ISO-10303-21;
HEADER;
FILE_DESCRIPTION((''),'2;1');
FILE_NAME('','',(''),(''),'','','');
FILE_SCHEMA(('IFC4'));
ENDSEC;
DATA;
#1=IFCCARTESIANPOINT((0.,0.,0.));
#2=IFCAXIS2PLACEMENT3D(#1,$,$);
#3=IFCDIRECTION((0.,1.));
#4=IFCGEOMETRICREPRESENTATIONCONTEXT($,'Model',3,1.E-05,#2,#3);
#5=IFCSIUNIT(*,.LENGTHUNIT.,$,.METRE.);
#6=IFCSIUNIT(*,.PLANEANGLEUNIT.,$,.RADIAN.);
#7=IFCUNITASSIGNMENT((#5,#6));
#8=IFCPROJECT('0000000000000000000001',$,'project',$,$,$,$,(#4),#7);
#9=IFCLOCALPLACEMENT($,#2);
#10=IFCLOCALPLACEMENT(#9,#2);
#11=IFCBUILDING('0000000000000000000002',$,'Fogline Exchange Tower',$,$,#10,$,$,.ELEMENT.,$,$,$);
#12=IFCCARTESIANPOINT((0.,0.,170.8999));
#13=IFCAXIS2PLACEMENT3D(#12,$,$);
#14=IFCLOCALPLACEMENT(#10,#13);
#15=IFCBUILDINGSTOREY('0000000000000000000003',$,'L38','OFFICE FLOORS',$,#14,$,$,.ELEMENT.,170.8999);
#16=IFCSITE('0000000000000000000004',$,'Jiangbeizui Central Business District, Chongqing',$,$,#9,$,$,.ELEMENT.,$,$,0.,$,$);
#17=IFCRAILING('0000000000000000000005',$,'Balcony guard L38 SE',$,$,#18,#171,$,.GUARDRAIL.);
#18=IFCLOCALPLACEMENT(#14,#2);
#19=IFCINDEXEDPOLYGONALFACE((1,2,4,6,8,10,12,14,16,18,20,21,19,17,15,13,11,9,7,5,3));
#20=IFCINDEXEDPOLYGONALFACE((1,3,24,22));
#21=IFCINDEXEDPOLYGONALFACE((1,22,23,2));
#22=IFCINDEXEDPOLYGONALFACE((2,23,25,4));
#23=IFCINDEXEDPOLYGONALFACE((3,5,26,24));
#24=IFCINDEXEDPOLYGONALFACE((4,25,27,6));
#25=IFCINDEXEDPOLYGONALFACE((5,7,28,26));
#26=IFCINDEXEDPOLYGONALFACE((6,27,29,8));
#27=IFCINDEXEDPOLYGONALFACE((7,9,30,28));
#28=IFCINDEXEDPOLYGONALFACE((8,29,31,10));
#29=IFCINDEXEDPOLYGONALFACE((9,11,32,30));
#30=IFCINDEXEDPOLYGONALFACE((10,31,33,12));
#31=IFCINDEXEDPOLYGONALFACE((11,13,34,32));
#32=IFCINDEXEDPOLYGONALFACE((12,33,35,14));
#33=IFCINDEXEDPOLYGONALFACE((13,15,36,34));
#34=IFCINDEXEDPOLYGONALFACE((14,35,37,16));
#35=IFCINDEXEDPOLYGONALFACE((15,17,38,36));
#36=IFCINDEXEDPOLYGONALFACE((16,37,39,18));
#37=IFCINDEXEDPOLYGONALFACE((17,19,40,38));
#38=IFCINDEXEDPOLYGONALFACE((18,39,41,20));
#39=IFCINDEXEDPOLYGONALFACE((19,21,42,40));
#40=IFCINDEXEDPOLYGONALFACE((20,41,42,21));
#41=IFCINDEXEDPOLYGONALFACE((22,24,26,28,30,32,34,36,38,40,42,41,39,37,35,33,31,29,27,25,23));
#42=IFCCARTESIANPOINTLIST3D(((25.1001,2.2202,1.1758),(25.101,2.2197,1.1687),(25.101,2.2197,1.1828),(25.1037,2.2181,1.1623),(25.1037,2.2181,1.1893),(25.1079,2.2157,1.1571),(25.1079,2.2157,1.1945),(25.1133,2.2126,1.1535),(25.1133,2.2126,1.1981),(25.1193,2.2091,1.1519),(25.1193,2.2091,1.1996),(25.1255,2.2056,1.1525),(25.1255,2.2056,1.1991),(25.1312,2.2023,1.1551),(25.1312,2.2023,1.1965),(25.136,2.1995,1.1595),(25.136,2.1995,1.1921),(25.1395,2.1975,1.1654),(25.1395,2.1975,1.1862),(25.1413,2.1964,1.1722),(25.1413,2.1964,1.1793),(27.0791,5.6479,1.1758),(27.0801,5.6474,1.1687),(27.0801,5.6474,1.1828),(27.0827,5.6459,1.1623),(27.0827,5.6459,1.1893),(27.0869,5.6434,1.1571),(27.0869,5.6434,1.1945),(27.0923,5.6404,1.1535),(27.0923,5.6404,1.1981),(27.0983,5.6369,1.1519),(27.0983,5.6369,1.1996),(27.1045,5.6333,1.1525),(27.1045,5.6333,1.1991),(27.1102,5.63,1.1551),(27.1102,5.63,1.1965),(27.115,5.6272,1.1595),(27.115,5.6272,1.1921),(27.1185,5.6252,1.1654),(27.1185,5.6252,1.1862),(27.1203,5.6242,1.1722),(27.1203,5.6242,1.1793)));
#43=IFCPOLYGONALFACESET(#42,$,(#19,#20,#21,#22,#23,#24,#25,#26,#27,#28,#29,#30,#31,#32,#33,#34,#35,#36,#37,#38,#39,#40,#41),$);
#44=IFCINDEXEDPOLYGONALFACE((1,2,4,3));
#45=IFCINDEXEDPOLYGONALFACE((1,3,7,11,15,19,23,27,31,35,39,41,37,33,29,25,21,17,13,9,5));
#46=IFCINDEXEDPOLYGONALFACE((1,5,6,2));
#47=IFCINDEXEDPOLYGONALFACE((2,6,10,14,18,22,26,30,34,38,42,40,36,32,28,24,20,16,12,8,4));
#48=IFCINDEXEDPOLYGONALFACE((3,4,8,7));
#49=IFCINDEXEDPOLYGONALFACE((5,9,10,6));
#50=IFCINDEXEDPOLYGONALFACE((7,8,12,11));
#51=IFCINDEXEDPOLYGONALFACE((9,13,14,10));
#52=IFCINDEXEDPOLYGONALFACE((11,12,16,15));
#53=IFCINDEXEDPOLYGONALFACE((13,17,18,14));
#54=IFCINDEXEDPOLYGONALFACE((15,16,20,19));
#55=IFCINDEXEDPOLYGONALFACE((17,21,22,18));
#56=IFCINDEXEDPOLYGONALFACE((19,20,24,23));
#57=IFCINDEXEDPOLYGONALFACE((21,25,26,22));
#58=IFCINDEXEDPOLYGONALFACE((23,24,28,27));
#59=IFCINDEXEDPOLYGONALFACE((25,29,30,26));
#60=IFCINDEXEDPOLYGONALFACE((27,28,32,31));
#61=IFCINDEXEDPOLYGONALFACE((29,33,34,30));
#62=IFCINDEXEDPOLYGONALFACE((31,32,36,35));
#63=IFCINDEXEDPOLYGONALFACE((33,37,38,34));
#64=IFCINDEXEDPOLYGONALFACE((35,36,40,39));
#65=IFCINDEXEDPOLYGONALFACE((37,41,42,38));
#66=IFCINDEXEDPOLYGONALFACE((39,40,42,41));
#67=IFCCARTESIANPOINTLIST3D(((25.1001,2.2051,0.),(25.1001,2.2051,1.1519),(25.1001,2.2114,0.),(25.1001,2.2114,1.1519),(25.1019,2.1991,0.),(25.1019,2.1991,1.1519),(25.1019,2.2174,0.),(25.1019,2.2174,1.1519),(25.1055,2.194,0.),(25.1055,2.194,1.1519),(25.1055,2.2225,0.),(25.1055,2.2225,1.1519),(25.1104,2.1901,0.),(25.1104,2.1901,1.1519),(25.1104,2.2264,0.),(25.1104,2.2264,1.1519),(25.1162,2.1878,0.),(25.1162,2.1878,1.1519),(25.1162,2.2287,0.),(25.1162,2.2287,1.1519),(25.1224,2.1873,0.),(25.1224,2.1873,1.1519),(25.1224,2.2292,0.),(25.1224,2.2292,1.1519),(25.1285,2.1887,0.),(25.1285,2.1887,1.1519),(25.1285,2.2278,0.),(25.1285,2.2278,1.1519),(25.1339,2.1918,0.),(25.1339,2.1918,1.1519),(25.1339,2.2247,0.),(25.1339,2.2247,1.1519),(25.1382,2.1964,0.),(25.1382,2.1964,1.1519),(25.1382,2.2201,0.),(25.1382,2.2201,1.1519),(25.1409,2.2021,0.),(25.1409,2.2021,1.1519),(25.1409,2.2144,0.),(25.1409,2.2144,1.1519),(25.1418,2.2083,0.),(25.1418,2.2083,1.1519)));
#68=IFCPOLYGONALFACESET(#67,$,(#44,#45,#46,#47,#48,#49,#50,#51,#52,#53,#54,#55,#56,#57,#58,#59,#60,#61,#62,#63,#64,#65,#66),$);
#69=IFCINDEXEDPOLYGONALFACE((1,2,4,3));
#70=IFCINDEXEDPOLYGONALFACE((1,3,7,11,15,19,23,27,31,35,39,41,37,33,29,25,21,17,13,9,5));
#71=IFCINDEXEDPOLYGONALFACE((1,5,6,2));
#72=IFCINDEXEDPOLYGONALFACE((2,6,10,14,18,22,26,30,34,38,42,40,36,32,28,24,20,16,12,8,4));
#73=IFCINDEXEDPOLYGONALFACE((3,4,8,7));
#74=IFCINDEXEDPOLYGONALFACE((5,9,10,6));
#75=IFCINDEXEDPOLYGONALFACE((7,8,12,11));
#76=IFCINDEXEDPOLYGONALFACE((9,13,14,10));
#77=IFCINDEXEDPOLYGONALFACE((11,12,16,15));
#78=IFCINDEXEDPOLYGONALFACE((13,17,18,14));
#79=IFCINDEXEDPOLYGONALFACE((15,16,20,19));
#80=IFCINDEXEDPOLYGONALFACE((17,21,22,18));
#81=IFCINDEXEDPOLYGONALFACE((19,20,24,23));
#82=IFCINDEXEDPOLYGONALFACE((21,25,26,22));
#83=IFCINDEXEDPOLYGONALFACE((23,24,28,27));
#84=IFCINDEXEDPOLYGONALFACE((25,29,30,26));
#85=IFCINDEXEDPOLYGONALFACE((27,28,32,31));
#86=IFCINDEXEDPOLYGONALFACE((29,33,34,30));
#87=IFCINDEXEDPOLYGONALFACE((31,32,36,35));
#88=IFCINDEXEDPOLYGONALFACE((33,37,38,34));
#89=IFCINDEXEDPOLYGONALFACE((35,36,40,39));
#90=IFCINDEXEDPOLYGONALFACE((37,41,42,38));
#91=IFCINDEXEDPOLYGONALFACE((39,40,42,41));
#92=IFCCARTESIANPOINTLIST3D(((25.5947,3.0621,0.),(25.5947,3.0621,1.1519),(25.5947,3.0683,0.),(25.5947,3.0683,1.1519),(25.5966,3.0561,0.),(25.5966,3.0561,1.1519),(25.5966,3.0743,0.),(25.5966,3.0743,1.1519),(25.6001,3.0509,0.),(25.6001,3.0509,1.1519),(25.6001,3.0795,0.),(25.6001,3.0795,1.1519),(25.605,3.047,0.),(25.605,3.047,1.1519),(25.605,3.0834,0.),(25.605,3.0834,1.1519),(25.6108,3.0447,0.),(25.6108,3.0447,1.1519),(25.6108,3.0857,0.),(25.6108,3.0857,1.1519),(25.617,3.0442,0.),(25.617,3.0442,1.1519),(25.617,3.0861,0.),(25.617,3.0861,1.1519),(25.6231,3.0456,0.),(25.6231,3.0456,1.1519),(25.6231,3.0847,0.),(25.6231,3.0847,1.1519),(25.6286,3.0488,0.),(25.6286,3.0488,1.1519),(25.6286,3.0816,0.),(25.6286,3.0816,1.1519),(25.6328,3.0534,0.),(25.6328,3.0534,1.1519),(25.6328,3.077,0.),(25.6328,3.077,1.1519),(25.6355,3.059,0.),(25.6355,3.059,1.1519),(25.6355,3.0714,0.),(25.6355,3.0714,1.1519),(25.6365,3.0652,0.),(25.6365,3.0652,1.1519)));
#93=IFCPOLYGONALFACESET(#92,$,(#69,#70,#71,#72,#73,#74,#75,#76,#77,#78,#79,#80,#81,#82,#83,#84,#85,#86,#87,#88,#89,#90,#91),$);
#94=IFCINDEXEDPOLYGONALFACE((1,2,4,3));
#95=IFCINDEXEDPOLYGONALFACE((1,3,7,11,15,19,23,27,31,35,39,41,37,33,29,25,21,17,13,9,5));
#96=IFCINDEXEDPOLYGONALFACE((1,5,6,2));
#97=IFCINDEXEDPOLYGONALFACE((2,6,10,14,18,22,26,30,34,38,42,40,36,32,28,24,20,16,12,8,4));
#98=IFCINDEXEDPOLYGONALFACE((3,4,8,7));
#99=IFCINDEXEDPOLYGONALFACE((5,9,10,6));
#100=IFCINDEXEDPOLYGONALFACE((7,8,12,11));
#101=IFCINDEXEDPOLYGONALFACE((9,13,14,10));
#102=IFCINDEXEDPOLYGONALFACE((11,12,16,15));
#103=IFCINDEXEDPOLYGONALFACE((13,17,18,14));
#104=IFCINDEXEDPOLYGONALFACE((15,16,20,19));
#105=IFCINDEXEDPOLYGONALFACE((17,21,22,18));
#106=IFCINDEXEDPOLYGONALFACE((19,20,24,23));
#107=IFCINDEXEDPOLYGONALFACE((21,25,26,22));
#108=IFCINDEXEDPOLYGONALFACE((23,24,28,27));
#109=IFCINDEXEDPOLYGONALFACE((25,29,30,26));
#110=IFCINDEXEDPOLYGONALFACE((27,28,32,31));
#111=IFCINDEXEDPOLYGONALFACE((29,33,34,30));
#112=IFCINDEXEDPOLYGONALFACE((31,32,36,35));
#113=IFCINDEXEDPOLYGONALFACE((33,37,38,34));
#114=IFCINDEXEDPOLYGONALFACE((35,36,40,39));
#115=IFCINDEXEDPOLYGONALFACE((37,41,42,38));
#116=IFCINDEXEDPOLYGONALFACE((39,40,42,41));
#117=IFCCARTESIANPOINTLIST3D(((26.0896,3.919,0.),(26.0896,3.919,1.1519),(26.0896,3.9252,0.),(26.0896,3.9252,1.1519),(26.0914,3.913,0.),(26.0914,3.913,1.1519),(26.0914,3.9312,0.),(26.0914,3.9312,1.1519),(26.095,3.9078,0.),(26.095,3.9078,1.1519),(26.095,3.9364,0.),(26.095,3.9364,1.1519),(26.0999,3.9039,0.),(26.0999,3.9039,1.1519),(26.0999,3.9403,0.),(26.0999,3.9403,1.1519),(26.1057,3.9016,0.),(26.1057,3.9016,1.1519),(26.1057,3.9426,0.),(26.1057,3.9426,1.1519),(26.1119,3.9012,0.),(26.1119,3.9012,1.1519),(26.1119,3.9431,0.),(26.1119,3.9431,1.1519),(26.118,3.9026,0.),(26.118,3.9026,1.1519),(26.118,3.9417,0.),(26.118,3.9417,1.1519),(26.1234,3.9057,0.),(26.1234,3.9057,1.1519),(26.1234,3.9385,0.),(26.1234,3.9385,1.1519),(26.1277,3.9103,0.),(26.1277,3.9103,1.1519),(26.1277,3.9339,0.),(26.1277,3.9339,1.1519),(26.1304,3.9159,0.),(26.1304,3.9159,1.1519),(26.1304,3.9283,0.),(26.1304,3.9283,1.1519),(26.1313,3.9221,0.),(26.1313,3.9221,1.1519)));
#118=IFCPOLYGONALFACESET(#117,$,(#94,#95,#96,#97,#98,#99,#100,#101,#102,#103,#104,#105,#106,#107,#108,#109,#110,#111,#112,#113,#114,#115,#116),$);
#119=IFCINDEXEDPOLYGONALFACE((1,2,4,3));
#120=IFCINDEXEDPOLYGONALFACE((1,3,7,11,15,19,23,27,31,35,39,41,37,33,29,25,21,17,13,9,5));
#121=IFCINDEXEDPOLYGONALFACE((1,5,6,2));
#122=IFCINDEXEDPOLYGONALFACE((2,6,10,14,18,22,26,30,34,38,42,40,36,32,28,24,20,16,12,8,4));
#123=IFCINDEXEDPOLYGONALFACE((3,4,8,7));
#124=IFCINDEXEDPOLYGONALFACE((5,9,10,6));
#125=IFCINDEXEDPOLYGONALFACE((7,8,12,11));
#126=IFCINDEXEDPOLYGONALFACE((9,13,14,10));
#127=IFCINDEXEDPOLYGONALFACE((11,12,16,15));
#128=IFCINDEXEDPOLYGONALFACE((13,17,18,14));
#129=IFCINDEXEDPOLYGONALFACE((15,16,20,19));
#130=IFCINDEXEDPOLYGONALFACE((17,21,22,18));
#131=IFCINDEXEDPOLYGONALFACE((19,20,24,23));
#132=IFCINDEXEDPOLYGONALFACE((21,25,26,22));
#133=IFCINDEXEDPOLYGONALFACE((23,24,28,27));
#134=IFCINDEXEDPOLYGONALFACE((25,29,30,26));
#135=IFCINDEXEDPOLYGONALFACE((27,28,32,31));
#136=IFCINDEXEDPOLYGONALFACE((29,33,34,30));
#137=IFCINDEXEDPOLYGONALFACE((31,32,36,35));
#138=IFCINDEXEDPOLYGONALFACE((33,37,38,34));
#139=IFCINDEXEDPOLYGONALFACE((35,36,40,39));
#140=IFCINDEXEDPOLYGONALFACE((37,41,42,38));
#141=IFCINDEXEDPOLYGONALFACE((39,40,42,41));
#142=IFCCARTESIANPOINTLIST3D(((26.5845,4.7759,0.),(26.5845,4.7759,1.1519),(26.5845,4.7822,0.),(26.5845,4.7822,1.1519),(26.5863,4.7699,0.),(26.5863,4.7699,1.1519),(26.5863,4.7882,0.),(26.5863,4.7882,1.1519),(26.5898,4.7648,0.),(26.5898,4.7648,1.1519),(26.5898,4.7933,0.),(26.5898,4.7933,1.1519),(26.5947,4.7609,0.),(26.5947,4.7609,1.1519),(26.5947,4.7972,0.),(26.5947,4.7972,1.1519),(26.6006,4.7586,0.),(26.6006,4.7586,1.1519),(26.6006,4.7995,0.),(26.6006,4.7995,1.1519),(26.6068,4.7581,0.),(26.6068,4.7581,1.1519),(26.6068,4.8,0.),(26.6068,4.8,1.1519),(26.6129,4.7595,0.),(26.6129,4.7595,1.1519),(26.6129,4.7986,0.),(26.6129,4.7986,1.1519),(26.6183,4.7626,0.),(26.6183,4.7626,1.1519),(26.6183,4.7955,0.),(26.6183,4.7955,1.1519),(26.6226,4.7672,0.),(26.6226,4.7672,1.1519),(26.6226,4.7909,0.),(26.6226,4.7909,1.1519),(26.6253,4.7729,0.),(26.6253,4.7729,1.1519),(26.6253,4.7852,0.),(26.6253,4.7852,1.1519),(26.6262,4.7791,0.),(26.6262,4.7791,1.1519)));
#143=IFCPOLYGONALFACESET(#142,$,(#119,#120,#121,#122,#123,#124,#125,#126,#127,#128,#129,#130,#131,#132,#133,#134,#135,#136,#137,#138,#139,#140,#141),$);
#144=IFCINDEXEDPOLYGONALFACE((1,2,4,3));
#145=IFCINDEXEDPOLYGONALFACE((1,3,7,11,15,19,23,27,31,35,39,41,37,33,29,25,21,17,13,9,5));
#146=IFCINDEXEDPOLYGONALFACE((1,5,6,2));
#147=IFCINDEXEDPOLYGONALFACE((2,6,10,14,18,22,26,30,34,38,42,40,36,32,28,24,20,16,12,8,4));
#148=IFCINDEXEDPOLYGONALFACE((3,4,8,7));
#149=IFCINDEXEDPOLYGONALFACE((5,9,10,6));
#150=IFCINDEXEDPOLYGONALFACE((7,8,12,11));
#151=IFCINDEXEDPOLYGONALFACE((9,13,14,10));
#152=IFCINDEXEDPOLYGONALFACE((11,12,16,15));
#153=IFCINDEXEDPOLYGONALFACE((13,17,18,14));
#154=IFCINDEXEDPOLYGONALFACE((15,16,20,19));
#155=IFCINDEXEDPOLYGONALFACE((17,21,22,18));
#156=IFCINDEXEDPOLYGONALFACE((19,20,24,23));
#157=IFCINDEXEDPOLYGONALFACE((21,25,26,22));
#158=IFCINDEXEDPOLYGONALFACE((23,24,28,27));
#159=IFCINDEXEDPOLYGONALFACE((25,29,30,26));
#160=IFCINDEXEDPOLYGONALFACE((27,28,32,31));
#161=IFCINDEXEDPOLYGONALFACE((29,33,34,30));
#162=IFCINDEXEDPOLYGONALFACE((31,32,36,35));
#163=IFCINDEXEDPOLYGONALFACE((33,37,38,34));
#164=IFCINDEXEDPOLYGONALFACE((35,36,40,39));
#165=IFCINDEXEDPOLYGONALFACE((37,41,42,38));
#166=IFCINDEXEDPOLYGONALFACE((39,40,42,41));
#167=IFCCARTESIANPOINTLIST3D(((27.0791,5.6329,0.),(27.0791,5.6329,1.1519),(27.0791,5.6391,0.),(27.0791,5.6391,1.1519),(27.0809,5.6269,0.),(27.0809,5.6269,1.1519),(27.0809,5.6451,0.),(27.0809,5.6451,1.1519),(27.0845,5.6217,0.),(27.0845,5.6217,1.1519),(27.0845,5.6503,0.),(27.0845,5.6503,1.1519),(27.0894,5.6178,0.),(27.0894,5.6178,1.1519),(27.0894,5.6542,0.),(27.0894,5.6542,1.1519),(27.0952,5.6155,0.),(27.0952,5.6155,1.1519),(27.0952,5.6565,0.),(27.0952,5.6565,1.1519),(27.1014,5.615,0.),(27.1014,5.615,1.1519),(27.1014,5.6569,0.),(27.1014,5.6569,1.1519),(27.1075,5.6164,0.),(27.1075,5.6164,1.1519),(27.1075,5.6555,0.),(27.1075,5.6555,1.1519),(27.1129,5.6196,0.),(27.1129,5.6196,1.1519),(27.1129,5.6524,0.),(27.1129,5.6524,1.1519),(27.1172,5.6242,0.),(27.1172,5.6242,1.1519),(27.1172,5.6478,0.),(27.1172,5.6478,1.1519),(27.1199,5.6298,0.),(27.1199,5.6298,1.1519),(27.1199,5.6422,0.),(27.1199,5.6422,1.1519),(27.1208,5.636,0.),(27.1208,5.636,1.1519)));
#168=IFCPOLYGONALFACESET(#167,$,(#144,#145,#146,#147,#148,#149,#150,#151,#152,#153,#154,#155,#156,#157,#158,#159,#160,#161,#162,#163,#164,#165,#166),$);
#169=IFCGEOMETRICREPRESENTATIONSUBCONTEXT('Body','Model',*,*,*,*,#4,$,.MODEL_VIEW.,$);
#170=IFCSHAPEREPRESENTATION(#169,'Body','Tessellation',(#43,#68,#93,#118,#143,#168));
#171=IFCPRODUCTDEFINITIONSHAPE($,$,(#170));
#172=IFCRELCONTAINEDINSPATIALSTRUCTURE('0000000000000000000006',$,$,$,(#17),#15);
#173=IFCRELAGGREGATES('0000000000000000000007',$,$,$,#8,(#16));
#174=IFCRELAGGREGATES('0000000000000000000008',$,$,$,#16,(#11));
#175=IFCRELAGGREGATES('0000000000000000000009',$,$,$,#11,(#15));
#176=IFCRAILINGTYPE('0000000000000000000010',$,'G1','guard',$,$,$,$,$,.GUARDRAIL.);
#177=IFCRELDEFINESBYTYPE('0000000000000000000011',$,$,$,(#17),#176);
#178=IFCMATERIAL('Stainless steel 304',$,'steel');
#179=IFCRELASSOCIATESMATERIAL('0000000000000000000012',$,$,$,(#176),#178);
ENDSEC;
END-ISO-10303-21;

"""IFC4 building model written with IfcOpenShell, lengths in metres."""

from ifc_helpers import new_model, si_unit, direction, frame, origin, origin_2d, place, context, subcontext, project, spatial, circle, extrude, material, type_object, element, save


model = new_model("IFC4")

# Units and contexts
model_context = context("Model", 3, precision=1e-05, world=origin(), true_north=direction((0.0, 1.0)))
body_context = subcontext(model_context, "Body", "Model", "MODEL_VIEW")
ifc_project = project(units=[si_unit("LENGTHUNIT", "METRE"), si_unit("PLANEANGLEUNIT", "RADIAN")], contexts=[model_context])

# Site, building, storey
site_placement = place(None, origin())
site = spatial("IfcSite", under=ifc_project, at=site_placement, Name="Jiangbeizui Central Business District, Chongqing", CompositionType="ELEMENT", RefElevation=0.0)
building_placement = place(site_placement, origin())
building = spatial("IfcBuilding", under=site, at=building_placement, Name="Fogline Exchange Tower", CompositionType="ELEMENT")
storey_placement = place(building_placement, frame((0.0, 0.0, 170.8999)))
storey = spatial("IfcBuildingStorey", under=building, at=storey_placement, Name="L38", Description="OFFICE FLOORS", CompositionType="ELEMENT", Elevation=170.8999)

# Railing
ifc_material_1 = material(Name="Stainless steel 304", Category="steel")
railing_type = type_object("IfcRailingType", Name="G1", Description="guard", PredefinedType="GUARDRAIL", material=ifc_material_1)
railing_placement = place(storey_placement, frame((25.1208, 2.2083, 0.0)))
element("IfcRailing", 1, at=railing_placement, inside=storey, type_object=railing_type, Name="Balcony guard L38 SE", PredefinedType="GUARDRAIL", context=body_context, shape_type="SweptSolid", body=[
    extrude(circle(Radius=0.0239, at=origin_2d()), frame((0.0, 0.0, 1.1758), z_axis=(0.5, 0.866025, 0.0), x_axis=(-0.866025, 0.5, 0.0)), (0.0, 0.0, 1.0), 3.958),
    extrude(circle(Radius=0.021, at=origin_2d()), origin(), (0.0, 0.0, 1.0), 1.1519),
    extrude(circle(Radius=0.021, at=origin_2d()), frame((0.4946, 0.8569, 0.0)), (0.0, 0.0, 1.0), 1.1519),
    extrude(circle(Radius=0.021, at=origin_2d()), frame((0.9895, 1.7139, 0.0)), (0.0, 0.0, 1.0), 1.1519),
    extrude(circle(Radius=0.021, at=origin_2d()), frame((1.4844, 2.5708, 0.0)), (0.0, 0.0, 1.0), 1.1519),
    extrude(circle(Radius=0.021, at=origin_2d()), frame((1.979, 3.4277, 0.0)), (0.0, 0.0, 1.0), 1.1519),
])

save(model, "model.ifc")
